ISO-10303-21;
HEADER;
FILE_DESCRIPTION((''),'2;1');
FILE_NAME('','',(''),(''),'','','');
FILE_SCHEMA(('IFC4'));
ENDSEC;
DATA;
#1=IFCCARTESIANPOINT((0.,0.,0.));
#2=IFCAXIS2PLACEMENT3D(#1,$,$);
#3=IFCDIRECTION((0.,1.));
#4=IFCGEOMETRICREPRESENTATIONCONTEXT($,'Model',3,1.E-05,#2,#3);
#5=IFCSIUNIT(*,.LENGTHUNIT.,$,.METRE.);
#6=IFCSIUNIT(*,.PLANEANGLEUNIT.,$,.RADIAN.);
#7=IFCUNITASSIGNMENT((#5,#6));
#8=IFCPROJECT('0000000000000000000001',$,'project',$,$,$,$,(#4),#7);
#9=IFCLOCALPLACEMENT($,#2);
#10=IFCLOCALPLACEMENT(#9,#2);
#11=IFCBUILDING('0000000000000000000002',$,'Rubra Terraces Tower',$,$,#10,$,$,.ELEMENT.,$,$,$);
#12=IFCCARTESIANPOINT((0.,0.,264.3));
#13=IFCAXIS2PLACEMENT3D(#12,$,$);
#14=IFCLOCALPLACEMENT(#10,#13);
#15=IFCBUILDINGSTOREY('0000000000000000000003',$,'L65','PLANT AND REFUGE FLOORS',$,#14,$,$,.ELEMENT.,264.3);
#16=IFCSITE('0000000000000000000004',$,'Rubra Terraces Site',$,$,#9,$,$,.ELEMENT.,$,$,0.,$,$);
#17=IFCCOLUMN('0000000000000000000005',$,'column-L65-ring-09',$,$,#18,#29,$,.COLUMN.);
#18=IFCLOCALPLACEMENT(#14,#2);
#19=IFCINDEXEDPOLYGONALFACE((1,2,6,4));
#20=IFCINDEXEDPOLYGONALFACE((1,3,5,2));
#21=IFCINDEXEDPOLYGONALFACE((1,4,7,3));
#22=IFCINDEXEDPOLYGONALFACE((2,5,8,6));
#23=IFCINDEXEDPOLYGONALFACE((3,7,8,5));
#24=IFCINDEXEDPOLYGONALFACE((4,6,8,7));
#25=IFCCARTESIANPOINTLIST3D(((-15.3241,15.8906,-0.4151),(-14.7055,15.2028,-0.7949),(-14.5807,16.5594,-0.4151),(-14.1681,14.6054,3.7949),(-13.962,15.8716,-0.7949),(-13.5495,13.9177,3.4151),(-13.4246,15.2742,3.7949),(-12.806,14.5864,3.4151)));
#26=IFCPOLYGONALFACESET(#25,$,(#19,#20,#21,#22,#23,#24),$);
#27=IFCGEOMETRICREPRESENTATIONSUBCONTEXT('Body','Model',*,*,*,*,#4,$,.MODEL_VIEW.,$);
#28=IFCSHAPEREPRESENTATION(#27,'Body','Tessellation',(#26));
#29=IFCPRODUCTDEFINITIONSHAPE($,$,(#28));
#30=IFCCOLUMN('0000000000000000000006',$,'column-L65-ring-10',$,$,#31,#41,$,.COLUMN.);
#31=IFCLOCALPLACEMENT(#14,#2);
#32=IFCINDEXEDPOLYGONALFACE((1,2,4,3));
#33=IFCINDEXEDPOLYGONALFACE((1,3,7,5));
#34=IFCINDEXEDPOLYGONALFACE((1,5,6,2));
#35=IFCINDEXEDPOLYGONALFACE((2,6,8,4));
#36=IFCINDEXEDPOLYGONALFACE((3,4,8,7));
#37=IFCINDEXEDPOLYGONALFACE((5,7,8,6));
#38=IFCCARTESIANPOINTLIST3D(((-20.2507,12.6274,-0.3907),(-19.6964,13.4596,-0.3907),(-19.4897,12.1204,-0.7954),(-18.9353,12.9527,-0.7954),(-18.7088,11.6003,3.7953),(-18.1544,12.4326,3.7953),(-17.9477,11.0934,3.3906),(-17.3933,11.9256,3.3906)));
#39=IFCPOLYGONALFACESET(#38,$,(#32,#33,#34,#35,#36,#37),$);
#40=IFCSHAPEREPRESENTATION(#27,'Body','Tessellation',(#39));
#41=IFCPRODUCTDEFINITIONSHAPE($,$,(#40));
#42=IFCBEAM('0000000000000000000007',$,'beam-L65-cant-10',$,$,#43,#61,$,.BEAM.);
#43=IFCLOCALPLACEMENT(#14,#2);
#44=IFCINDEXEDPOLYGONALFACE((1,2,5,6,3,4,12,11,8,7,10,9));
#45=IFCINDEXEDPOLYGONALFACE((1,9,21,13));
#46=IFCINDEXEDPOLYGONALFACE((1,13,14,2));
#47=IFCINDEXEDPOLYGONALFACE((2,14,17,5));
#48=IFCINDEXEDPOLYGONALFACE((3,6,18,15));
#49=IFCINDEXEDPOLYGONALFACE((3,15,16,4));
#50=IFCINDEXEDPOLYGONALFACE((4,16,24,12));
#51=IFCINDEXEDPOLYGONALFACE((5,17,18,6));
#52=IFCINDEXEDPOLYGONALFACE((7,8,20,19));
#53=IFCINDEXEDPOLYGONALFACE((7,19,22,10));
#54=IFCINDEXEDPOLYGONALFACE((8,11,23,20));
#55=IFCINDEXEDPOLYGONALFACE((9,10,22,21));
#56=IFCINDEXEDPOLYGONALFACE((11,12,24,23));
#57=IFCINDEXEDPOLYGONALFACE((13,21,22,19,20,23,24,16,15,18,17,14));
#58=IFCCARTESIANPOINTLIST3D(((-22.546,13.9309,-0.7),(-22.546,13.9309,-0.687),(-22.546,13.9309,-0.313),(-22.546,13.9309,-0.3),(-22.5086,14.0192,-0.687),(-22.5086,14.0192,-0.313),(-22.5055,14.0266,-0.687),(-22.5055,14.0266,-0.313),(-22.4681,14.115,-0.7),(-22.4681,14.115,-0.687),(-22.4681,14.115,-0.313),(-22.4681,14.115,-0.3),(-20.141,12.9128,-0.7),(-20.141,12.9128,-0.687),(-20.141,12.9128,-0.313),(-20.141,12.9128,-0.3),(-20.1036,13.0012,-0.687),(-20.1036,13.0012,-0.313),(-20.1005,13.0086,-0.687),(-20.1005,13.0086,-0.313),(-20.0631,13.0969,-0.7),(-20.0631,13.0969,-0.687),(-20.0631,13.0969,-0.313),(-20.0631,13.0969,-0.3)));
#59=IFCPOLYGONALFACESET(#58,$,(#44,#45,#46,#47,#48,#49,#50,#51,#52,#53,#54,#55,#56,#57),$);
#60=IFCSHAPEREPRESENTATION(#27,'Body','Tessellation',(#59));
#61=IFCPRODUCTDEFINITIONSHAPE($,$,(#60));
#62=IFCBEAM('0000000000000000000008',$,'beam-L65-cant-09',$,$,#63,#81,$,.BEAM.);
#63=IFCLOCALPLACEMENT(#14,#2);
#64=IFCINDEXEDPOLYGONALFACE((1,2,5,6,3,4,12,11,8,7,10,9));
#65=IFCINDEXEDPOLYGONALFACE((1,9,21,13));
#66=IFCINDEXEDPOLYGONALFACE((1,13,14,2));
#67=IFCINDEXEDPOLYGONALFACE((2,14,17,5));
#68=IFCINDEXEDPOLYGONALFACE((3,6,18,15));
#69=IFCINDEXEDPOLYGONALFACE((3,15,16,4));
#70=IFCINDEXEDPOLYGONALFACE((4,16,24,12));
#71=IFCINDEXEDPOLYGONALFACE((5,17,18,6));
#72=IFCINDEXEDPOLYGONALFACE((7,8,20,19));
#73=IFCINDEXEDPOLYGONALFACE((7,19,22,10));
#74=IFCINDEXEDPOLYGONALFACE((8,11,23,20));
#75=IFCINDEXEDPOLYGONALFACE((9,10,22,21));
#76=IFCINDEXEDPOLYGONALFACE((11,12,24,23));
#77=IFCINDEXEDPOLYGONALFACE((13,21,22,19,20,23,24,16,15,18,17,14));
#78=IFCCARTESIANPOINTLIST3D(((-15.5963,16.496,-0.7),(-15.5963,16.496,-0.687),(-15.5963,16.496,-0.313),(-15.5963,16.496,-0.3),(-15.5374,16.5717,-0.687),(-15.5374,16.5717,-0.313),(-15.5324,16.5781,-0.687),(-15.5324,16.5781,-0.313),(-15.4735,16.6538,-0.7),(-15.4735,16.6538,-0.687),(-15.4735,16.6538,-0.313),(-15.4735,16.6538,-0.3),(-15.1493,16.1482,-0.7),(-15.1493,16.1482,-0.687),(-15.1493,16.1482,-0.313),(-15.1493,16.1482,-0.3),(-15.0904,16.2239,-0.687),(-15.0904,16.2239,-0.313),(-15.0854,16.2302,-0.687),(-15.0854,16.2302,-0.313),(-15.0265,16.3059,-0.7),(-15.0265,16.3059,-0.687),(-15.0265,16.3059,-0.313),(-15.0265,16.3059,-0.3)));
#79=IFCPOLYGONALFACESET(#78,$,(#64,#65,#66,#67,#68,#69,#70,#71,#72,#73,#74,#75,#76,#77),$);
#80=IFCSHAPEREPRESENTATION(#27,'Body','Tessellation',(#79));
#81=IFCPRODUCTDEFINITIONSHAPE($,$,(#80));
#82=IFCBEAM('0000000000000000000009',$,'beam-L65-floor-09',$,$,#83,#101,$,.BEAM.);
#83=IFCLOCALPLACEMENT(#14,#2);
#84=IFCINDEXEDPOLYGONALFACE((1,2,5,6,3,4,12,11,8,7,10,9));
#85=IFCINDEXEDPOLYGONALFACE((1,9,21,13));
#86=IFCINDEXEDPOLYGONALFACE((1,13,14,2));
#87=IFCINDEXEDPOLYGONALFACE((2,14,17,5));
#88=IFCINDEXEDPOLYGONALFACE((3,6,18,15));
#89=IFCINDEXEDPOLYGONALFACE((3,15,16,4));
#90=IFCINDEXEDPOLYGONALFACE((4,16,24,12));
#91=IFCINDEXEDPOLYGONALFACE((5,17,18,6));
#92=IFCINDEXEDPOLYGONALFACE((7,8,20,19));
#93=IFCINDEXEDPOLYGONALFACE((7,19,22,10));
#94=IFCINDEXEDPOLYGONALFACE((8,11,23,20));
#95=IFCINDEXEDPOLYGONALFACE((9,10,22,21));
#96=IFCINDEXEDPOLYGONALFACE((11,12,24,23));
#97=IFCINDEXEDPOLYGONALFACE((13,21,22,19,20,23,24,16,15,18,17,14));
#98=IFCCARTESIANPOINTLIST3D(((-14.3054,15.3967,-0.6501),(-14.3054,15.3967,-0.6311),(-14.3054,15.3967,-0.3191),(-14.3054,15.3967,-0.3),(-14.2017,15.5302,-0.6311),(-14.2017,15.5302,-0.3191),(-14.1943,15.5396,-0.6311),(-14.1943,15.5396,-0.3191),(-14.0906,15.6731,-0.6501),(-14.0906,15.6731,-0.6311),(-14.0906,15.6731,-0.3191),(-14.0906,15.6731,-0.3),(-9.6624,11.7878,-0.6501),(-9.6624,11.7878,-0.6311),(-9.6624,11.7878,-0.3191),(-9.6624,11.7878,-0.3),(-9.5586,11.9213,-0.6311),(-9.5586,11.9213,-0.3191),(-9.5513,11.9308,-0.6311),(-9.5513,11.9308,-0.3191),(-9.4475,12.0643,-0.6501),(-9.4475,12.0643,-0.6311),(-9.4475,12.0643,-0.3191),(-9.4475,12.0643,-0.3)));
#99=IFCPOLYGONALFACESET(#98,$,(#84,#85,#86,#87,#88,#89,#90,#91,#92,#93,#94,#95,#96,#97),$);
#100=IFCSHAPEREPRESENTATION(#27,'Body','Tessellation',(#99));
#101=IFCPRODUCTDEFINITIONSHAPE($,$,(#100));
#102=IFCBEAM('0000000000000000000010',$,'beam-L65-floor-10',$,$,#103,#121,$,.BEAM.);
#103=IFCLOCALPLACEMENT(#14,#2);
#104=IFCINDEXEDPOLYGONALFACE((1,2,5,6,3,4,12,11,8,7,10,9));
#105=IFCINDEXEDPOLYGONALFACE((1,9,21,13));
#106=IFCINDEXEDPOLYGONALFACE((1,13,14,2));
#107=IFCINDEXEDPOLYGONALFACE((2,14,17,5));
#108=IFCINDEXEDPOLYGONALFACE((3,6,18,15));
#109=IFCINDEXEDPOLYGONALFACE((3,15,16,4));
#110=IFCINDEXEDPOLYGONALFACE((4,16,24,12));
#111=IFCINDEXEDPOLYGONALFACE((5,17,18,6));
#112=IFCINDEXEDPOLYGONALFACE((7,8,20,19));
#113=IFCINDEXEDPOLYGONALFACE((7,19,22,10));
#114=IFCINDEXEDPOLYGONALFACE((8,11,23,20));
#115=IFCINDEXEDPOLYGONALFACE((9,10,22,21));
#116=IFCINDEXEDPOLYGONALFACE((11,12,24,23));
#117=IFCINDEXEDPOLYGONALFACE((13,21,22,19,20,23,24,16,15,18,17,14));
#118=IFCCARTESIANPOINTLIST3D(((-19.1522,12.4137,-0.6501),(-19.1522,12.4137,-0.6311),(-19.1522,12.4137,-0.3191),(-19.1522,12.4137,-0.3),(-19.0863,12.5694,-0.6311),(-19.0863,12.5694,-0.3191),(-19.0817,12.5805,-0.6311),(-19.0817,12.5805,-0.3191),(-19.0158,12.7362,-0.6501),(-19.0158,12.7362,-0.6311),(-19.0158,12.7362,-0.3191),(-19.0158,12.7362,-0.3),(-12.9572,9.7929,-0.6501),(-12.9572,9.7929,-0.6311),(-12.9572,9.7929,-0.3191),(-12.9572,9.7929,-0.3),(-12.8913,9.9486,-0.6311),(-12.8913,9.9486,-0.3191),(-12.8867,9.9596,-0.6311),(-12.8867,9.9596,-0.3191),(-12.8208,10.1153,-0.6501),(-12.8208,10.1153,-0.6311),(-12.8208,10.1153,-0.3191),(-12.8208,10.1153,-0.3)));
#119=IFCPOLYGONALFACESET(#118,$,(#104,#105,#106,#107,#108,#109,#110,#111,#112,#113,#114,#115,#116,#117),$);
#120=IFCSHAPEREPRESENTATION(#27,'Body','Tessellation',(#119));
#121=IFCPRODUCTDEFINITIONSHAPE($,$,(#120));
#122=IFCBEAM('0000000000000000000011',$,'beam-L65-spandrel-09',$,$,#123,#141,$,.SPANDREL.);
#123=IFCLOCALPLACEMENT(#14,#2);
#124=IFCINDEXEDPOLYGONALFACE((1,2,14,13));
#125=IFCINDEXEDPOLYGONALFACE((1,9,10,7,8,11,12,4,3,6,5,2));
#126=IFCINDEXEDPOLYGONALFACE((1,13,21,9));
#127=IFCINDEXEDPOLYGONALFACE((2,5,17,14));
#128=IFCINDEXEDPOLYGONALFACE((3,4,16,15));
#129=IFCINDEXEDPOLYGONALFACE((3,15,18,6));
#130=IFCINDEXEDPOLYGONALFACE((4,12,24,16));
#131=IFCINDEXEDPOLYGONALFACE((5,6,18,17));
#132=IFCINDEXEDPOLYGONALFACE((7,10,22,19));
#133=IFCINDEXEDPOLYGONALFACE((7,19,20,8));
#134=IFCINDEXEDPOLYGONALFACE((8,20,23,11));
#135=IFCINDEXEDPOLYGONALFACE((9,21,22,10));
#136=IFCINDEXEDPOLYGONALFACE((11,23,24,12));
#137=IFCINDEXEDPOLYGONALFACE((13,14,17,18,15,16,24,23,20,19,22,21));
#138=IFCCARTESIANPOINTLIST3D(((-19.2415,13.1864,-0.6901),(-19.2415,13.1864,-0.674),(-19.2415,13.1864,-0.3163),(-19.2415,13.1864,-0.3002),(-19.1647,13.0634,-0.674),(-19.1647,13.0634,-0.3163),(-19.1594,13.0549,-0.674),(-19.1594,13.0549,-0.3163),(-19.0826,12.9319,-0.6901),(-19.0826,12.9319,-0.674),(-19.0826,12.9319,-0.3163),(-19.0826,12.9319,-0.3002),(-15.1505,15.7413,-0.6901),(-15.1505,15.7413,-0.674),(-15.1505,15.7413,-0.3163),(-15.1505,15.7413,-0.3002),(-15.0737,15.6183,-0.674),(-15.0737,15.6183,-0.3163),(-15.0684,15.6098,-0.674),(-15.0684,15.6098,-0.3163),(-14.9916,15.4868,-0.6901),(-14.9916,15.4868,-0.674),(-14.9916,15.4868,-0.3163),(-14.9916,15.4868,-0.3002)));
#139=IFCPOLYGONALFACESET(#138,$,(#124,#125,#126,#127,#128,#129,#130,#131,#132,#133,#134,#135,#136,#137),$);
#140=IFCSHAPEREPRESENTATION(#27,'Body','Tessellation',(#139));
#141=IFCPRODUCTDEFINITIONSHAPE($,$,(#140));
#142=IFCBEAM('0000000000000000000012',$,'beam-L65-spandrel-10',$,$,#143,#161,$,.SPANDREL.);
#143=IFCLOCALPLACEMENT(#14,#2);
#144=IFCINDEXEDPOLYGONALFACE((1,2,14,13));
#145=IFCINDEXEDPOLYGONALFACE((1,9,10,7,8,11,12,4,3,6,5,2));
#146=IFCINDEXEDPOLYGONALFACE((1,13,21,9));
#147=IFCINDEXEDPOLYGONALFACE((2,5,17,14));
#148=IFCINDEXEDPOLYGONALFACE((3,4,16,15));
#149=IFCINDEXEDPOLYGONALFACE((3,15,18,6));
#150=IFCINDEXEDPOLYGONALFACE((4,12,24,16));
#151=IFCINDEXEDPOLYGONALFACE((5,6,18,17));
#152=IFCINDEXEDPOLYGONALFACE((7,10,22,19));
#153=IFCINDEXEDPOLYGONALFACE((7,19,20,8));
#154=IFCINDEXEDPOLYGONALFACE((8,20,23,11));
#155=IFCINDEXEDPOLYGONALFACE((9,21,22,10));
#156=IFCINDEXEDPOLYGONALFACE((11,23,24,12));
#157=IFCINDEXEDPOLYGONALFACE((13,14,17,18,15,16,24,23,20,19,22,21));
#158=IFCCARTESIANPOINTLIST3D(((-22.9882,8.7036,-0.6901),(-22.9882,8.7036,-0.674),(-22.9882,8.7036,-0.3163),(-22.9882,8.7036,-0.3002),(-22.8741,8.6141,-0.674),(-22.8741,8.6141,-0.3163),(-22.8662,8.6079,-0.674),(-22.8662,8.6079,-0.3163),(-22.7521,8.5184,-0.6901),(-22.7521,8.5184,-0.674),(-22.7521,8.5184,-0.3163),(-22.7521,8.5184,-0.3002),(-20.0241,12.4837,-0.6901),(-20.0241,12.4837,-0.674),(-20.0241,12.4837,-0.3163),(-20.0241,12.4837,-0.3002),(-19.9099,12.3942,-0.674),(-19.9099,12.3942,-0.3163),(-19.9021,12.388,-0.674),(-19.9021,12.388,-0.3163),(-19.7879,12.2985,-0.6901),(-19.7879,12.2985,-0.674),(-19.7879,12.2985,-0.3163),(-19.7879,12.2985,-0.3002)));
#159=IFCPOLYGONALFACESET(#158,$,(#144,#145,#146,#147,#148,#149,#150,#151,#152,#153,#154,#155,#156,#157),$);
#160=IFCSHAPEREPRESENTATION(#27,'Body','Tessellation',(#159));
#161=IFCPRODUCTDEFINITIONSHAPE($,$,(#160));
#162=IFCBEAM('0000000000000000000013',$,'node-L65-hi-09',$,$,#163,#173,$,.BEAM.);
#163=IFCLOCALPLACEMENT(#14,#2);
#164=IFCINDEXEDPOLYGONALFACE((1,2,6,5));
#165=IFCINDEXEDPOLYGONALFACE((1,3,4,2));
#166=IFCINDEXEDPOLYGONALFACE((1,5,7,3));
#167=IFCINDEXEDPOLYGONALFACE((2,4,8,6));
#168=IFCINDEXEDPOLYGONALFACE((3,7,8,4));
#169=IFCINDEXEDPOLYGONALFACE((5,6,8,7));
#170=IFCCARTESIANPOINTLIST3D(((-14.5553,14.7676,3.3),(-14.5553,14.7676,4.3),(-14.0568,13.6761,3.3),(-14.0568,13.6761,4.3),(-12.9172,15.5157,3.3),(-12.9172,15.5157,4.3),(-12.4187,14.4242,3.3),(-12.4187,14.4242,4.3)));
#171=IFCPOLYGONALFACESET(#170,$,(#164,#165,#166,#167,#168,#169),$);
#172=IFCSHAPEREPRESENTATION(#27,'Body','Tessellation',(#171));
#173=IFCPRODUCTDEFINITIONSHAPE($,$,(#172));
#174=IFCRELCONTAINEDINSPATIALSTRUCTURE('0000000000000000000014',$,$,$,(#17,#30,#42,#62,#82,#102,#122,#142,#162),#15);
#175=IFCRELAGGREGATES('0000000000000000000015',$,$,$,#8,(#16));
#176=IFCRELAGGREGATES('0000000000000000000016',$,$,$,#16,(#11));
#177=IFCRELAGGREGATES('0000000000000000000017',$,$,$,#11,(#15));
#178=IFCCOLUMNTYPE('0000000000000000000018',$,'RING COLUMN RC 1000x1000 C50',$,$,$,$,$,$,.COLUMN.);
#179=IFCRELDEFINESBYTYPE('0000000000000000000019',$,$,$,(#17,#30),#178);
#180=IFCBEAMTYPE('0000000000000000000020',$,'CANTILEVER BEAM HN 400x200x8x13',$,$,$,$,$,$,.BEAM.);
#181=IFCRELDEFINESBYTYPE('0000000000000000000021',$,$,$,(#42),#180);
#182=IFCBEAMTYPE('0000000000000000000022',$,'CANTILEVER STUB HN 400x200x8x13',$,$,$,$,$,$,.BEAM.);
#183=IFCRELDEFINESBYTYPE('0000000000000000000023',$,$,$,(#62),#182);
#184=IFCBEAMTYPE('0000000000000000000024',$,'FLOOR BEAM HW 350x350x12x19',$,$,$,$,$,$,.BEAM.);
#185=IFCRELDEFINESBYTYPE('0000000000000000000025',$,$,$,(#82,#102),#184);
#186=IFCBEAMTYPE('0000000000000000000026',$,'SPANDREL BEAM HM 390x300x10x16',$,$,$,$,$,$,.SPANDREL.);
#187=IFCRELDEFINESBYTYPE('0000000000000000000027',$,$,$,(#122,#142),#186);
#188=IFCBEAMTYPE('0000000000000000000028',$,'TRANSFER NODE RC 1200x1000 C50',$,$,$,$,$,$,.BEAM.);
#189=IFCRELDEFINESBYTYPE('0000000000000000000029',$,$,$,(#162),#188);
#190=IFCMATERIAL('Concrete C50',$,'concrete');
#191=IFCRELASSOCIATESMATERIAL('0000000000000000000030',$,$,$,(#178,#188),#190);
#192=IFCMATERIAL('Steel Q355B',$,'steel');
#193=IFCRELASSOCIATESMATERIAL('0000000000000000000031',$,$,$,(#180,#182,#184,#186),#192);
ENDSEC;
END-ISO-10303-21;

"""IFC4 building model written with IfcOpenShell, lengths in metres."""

from ifc_helpers import new_model, si_unit, direction, frame, origin, origin_2d, place, context, subcontext, project, spatial, rectangle, i_section, extrude, material, material_profile, profile_set, type_object, element, save


model = new_model("IFC4")

# Units and contexts
model_context = context("Model", 3, precision=1e-05, world=origin(), true_north=direction((0.0, 1.0)))
body_context = subcontext(model_context, "Body", "Model", "MODEL_VIEW")
ifc_project = project(units=[si_unit("LENGTHUNIT", "METRE"), si_unit("PLANEANGLEUNIT", "RADIAN")], contexts=[model_context])

# Site, building, storey
site_placement = place(None, origin())
site = spatial("IfcSite", under=ifc_project, at=site_placement, Name="Rubra Terraces Site", CompositionType="ELEMENT", RefElevation=0.0)
building_placement = place(site_placement, origin())
building = spatial("IfcBuilding", under=site, at=building_placement, Name="Rubra Terraces Tower", CompositionType="ELEMENT")
storey_placement = place(building_placement, frame((0.0, 0.0, 264.3)))
storey = spatial("IfcBuildingStorey", under=building, at=storey_placement, Name="L65", Description="PLANT AND REFUGE FLOORS", CompositionType="ELEMENT", Elevation=264.3)

# Columns
ifc_material_1 = material(Name="Concrete C50", Category="concrete")
ifc_material_profile_1 = material_profile(ifc_material_1, rectangle(XDim=1.0, YDim=1.0, at=origin_2d()), Name="RC 1000x1000")
ifc_profile_set_1 = profile_set([ifc_material_profile_1], Name="Concrete C50")
column_type = type_object("IfcColumnType", Name="RING COLUMN RC 1000x1000 C50", PredefinedType="COLUMN", material=ifc_profile_set_1)
column_1_placement = place(storey_placement, frame((-14.6431, 15.8811, -0.605), z_axis=(0.25401, -0.282389, 0.92506), x_axis=(0.743477, 0.668762, 0.0)))
element("IfcColumn", 1, at=column_1_placement, inside=storey, type_object=column_type, Name="column-L65-ring-09", PredefinedType="COLUMN", context=body_context, shape_type="SweptSolid", body=[
    extrude(rectangle(XDim=1.0, YDim=1.0, at=origin_2d()), origin(), (0.0, 0.0, 1.0), 4.551),
])
column_2_placement = place(storey_placement, frame((-19.593, 12.79, -0.593), z_axis=(0.336847, -0.224369, 0.914436), x_axis=(0.554366, 0.832273, 0.0)))
element("IfcColumn", 2, at=column_2_placement, inside=storey, type_object=column_type, Name="column-L65-ring-10", PredefinedType="COLUMN", context=body_context, shape_type="SweptSolid", body=[
    extrude(rectangle(XDim=1.0, YDim=1.0, at=origin_2d()), origin(), (0.0, 0.0, 1.0), 4.5776),
])

# Beams
ifc_material_2 = material(Name="Steel Q355B", Category="steel")
ifc_material_profile_2 = material_profile(ifc_material_2, i_section(OverallWidth=0.2, OverallDepth=0.3999, WebThickness=0.0081, FlangeThickness=0.0129, at=origin_2d()), Name="HN 400x200x8x13")
ifc_profile_set_2 = profile_set([ifc_material_profile_2], Name="Steel Q355B")
beam_type_1 = type_object("IfcBeamType", Name="CANTILEVER BEAM HN 400x200x8x13", PredefinedType="BEAM", material=ifc_profile_set_2)
beam_1_placement = place(storey_placement, frame((-20.1021, 13.0049, -0.5), z_axis=(-0.920891, 0.38982, 0.0), x_axis=(-0.38982, -0.920891, 0.0)))
element("IfcBeam", 3, at=beam_1_placement, inside=storey, type_object=beam_type_1, Name="beam-L65-cant-10", PredefinedType="BEAM", context=body_context, shape_type="SweptSolid", body=[
    extrude(i_section(OverallWidth=0.2, OverallDepth=0.3999, WebThickness=0.0081, FlangeThickness=0.0129, at=origin_2d()), origin(), (0.0, 0.0, 1.0), 2.6116),
])
ifc_material_profile_3 = material_profile(ifc_material_2, i_section(OverallWidth=0.2, OverallDepth=0.3999, WebThickness=0.0081, FlangeThickness=0.0129, at=origin_2d()), Name="HN 400x200x8x13")
ifc_profile_set_3 = profile_set([ifc_material_profile_3], Name="Steel Q355B")
beam_type_2 = type_object("IfcBeamType", Name="CANTILEVER STUB HN 400x200x8x13", PredefinedType="BEAM", material=ifc_profile_set_3)
beam_2_placement = place(storey_placement, frame((-15.0879, 16.2271, -0.5), z_axis=(-0.789167, 0.614179, 0.0), x_axis=(-0.614179, -0.789167, 0.0)))
element("IfcBeam", 4, at=beam_2_placement, inside=storey, type_object=beam_type_2, Name="beam-L65-cant-09", PredefinedType="BEAM", context=body_context, shape_type="SweptSolid", body=[
    extrude(i_section(OverallWidth=0.2, OverallDepth=0.3999, WebThickness=0.0081, FlangeThickness=0.0129, at=origin_2d()), origin(), (0.0, 0.0, 1.0), 0.5664),
])
ifc_material_profile_4 = material_profile(ifc_material_2, i_section(OverallWidth=0.3501, OverallDepth=0.3501, WebThickness=0.012, FlangeThickness=0.019, at=origin_2d()), Name="HW 350x350x12x19")
ifc_profile_set_4 = profile_set([ifc_material_profile_4], Name="Steel Q355B")
beam_type_3 = type_object("IfcBeamType", Name="FLOOR BEAM HW 350x350x12x19", PredefinedType="BEAM", material=ifc_profile_set_4)
beam_3_placement = place(storey_placement, frame((-14.198, 15.5349, -0.4751), z_axis=(0.789549, -0.613688, 0.0), x_axis=(0.613688, 0.789549, 0.0)))
element("IfcBeam", 5, at=beam_3_placement, inside=storey, type_object=beam_type_3, Name="beam-L65-floor-09", PredefinedType="BEAM", context=body_context, shape_type="SweptSolid", body=[
    extrude(i_section(OverallWidth=0.3501, OverallDepth=0.3501, WebThickness=0.012, FlangeThickness=0.019, at=origin_2d()), origin(), (0.0, 0.0, 1.0), 5.8806),
])
beam_4_placement = place(storey_placement, frame((-19.084, 12.575, -0.4751), z_axis=(0.920975, -0.389622, 0.0), x_axis=(0.389622, 0.920975, 0.0)))
element("IfcBeam", 6, at=beam_4_placement, inside=storey, type_object=beam_type_3, Name="beam-L65-floor-10", PredefinedType="BEAM", context=body_context, shape_type="SweptSolid", body=[
    extrude(i_section(OverallWidth=0.3501, OverallDepth=0.3501, WebThickness=0.012, FlangeThickness=0.019, at=origin_2d()), origin(), (0.0, 0.0, 1.0), 6.7266),
])
ifc_material_profile_5 = material_profile(ifc_material_2, i_section(OverallWidth=0.3, OverallDepth=0.3899, WebThickness=0.01, FlangeThickness=0.0161, at=origin_2d()), Name="HM 390x300x10x16")
ifc_profile_set_5 = profile_set([ifc_material_profile_5], Name="Steel Q355B")
beam_type_4 = type_object("IfcBeamType", Name="SPANDREL BEAM HM 390x300x10x16", PredefinedType="SPANDREL", material=ifc_profile_set_5)
beam_5_placement = place(storey_placement, frame((-15.071, 15.614, -0.4951), z_axis=(-0.848183, -0.529703, 0.0), x_axis=(0.529703, -0.848183, 0.0)))
element("IfcBeam", 7, at=beam_5_placement, inside=storey, type_object=beam_type_4, Name="beam-L65-spandrel-09", PredefinedType="SPANDREL", context=body_context, shape_type="SweptSolid", body=[
    extrude(i_section(OverallWidth=0.3, OverallDepth=0.3899, WebThickness=0.01, FlangeThickness=0.0161, at=origin_2d()), origin(), (0.0, 0.0, 1.0), 4.8232),
])
beam_6_placement = place(storey_placement, frame((-19.906, 12.3911, -0.4951), z_axis=(-0.61706, -0.786916, 0.0), x_axis=(0.786916, -0.61706, 0.0)))
element("IfcBeam", 8, at=beam_6_placement, inside=storey, type_object=beam_type_4, Name="beam-L65-spandrel-10", PredefinedType="SPANDREL", context=body_context, shape_type="SweptSolid", body=[
    extrude(i_section(OverallWidth=0.3, OverallDepth=0.3899, WebThickness=0.01, FlangeThickness=0.0161, at=origin_2d()), origin(), (0.0, 0.0, 1.0), 4.8037),
])
ifc_material_profile_6 = material_profile(ifc_material_1, rectangle(XDim=1.2, YDim=1.0, at=origin_2d()), Name="RC 1200x1000")
ifc_profile_set_6 = profile_set([ifc_material_profile_6], Name="Concrete C50")
beam_type_5 = type_object("IfcBeamType", Name="TRANSFER NODE RC 1200x1000 C50", PredefinedType="BEAM", material=ifc_profile_set_6)
beam_7_placement = place(storey_placement, frame((-12.668, 14.97, 3.8), z_axis=(-0.909627, -0.415426, 0.0), x_axis=(0.415426, -0.909627, 0.0)))
element("IfcBeam", 9, at=beam_7_placement, inside=storey, type_object=beam_type_5, Name="node-L65-hi-09", PredefinedType="BEAM", context=body_context, shape_type="SweptSolid", body=[
    extrude(rectangle(XDim=1.2, YDim=1.0, at=origin_2d()), origin(), (0.0, 0.0, 1.0), 1.8008),
])

save(model, "model.ifc")
